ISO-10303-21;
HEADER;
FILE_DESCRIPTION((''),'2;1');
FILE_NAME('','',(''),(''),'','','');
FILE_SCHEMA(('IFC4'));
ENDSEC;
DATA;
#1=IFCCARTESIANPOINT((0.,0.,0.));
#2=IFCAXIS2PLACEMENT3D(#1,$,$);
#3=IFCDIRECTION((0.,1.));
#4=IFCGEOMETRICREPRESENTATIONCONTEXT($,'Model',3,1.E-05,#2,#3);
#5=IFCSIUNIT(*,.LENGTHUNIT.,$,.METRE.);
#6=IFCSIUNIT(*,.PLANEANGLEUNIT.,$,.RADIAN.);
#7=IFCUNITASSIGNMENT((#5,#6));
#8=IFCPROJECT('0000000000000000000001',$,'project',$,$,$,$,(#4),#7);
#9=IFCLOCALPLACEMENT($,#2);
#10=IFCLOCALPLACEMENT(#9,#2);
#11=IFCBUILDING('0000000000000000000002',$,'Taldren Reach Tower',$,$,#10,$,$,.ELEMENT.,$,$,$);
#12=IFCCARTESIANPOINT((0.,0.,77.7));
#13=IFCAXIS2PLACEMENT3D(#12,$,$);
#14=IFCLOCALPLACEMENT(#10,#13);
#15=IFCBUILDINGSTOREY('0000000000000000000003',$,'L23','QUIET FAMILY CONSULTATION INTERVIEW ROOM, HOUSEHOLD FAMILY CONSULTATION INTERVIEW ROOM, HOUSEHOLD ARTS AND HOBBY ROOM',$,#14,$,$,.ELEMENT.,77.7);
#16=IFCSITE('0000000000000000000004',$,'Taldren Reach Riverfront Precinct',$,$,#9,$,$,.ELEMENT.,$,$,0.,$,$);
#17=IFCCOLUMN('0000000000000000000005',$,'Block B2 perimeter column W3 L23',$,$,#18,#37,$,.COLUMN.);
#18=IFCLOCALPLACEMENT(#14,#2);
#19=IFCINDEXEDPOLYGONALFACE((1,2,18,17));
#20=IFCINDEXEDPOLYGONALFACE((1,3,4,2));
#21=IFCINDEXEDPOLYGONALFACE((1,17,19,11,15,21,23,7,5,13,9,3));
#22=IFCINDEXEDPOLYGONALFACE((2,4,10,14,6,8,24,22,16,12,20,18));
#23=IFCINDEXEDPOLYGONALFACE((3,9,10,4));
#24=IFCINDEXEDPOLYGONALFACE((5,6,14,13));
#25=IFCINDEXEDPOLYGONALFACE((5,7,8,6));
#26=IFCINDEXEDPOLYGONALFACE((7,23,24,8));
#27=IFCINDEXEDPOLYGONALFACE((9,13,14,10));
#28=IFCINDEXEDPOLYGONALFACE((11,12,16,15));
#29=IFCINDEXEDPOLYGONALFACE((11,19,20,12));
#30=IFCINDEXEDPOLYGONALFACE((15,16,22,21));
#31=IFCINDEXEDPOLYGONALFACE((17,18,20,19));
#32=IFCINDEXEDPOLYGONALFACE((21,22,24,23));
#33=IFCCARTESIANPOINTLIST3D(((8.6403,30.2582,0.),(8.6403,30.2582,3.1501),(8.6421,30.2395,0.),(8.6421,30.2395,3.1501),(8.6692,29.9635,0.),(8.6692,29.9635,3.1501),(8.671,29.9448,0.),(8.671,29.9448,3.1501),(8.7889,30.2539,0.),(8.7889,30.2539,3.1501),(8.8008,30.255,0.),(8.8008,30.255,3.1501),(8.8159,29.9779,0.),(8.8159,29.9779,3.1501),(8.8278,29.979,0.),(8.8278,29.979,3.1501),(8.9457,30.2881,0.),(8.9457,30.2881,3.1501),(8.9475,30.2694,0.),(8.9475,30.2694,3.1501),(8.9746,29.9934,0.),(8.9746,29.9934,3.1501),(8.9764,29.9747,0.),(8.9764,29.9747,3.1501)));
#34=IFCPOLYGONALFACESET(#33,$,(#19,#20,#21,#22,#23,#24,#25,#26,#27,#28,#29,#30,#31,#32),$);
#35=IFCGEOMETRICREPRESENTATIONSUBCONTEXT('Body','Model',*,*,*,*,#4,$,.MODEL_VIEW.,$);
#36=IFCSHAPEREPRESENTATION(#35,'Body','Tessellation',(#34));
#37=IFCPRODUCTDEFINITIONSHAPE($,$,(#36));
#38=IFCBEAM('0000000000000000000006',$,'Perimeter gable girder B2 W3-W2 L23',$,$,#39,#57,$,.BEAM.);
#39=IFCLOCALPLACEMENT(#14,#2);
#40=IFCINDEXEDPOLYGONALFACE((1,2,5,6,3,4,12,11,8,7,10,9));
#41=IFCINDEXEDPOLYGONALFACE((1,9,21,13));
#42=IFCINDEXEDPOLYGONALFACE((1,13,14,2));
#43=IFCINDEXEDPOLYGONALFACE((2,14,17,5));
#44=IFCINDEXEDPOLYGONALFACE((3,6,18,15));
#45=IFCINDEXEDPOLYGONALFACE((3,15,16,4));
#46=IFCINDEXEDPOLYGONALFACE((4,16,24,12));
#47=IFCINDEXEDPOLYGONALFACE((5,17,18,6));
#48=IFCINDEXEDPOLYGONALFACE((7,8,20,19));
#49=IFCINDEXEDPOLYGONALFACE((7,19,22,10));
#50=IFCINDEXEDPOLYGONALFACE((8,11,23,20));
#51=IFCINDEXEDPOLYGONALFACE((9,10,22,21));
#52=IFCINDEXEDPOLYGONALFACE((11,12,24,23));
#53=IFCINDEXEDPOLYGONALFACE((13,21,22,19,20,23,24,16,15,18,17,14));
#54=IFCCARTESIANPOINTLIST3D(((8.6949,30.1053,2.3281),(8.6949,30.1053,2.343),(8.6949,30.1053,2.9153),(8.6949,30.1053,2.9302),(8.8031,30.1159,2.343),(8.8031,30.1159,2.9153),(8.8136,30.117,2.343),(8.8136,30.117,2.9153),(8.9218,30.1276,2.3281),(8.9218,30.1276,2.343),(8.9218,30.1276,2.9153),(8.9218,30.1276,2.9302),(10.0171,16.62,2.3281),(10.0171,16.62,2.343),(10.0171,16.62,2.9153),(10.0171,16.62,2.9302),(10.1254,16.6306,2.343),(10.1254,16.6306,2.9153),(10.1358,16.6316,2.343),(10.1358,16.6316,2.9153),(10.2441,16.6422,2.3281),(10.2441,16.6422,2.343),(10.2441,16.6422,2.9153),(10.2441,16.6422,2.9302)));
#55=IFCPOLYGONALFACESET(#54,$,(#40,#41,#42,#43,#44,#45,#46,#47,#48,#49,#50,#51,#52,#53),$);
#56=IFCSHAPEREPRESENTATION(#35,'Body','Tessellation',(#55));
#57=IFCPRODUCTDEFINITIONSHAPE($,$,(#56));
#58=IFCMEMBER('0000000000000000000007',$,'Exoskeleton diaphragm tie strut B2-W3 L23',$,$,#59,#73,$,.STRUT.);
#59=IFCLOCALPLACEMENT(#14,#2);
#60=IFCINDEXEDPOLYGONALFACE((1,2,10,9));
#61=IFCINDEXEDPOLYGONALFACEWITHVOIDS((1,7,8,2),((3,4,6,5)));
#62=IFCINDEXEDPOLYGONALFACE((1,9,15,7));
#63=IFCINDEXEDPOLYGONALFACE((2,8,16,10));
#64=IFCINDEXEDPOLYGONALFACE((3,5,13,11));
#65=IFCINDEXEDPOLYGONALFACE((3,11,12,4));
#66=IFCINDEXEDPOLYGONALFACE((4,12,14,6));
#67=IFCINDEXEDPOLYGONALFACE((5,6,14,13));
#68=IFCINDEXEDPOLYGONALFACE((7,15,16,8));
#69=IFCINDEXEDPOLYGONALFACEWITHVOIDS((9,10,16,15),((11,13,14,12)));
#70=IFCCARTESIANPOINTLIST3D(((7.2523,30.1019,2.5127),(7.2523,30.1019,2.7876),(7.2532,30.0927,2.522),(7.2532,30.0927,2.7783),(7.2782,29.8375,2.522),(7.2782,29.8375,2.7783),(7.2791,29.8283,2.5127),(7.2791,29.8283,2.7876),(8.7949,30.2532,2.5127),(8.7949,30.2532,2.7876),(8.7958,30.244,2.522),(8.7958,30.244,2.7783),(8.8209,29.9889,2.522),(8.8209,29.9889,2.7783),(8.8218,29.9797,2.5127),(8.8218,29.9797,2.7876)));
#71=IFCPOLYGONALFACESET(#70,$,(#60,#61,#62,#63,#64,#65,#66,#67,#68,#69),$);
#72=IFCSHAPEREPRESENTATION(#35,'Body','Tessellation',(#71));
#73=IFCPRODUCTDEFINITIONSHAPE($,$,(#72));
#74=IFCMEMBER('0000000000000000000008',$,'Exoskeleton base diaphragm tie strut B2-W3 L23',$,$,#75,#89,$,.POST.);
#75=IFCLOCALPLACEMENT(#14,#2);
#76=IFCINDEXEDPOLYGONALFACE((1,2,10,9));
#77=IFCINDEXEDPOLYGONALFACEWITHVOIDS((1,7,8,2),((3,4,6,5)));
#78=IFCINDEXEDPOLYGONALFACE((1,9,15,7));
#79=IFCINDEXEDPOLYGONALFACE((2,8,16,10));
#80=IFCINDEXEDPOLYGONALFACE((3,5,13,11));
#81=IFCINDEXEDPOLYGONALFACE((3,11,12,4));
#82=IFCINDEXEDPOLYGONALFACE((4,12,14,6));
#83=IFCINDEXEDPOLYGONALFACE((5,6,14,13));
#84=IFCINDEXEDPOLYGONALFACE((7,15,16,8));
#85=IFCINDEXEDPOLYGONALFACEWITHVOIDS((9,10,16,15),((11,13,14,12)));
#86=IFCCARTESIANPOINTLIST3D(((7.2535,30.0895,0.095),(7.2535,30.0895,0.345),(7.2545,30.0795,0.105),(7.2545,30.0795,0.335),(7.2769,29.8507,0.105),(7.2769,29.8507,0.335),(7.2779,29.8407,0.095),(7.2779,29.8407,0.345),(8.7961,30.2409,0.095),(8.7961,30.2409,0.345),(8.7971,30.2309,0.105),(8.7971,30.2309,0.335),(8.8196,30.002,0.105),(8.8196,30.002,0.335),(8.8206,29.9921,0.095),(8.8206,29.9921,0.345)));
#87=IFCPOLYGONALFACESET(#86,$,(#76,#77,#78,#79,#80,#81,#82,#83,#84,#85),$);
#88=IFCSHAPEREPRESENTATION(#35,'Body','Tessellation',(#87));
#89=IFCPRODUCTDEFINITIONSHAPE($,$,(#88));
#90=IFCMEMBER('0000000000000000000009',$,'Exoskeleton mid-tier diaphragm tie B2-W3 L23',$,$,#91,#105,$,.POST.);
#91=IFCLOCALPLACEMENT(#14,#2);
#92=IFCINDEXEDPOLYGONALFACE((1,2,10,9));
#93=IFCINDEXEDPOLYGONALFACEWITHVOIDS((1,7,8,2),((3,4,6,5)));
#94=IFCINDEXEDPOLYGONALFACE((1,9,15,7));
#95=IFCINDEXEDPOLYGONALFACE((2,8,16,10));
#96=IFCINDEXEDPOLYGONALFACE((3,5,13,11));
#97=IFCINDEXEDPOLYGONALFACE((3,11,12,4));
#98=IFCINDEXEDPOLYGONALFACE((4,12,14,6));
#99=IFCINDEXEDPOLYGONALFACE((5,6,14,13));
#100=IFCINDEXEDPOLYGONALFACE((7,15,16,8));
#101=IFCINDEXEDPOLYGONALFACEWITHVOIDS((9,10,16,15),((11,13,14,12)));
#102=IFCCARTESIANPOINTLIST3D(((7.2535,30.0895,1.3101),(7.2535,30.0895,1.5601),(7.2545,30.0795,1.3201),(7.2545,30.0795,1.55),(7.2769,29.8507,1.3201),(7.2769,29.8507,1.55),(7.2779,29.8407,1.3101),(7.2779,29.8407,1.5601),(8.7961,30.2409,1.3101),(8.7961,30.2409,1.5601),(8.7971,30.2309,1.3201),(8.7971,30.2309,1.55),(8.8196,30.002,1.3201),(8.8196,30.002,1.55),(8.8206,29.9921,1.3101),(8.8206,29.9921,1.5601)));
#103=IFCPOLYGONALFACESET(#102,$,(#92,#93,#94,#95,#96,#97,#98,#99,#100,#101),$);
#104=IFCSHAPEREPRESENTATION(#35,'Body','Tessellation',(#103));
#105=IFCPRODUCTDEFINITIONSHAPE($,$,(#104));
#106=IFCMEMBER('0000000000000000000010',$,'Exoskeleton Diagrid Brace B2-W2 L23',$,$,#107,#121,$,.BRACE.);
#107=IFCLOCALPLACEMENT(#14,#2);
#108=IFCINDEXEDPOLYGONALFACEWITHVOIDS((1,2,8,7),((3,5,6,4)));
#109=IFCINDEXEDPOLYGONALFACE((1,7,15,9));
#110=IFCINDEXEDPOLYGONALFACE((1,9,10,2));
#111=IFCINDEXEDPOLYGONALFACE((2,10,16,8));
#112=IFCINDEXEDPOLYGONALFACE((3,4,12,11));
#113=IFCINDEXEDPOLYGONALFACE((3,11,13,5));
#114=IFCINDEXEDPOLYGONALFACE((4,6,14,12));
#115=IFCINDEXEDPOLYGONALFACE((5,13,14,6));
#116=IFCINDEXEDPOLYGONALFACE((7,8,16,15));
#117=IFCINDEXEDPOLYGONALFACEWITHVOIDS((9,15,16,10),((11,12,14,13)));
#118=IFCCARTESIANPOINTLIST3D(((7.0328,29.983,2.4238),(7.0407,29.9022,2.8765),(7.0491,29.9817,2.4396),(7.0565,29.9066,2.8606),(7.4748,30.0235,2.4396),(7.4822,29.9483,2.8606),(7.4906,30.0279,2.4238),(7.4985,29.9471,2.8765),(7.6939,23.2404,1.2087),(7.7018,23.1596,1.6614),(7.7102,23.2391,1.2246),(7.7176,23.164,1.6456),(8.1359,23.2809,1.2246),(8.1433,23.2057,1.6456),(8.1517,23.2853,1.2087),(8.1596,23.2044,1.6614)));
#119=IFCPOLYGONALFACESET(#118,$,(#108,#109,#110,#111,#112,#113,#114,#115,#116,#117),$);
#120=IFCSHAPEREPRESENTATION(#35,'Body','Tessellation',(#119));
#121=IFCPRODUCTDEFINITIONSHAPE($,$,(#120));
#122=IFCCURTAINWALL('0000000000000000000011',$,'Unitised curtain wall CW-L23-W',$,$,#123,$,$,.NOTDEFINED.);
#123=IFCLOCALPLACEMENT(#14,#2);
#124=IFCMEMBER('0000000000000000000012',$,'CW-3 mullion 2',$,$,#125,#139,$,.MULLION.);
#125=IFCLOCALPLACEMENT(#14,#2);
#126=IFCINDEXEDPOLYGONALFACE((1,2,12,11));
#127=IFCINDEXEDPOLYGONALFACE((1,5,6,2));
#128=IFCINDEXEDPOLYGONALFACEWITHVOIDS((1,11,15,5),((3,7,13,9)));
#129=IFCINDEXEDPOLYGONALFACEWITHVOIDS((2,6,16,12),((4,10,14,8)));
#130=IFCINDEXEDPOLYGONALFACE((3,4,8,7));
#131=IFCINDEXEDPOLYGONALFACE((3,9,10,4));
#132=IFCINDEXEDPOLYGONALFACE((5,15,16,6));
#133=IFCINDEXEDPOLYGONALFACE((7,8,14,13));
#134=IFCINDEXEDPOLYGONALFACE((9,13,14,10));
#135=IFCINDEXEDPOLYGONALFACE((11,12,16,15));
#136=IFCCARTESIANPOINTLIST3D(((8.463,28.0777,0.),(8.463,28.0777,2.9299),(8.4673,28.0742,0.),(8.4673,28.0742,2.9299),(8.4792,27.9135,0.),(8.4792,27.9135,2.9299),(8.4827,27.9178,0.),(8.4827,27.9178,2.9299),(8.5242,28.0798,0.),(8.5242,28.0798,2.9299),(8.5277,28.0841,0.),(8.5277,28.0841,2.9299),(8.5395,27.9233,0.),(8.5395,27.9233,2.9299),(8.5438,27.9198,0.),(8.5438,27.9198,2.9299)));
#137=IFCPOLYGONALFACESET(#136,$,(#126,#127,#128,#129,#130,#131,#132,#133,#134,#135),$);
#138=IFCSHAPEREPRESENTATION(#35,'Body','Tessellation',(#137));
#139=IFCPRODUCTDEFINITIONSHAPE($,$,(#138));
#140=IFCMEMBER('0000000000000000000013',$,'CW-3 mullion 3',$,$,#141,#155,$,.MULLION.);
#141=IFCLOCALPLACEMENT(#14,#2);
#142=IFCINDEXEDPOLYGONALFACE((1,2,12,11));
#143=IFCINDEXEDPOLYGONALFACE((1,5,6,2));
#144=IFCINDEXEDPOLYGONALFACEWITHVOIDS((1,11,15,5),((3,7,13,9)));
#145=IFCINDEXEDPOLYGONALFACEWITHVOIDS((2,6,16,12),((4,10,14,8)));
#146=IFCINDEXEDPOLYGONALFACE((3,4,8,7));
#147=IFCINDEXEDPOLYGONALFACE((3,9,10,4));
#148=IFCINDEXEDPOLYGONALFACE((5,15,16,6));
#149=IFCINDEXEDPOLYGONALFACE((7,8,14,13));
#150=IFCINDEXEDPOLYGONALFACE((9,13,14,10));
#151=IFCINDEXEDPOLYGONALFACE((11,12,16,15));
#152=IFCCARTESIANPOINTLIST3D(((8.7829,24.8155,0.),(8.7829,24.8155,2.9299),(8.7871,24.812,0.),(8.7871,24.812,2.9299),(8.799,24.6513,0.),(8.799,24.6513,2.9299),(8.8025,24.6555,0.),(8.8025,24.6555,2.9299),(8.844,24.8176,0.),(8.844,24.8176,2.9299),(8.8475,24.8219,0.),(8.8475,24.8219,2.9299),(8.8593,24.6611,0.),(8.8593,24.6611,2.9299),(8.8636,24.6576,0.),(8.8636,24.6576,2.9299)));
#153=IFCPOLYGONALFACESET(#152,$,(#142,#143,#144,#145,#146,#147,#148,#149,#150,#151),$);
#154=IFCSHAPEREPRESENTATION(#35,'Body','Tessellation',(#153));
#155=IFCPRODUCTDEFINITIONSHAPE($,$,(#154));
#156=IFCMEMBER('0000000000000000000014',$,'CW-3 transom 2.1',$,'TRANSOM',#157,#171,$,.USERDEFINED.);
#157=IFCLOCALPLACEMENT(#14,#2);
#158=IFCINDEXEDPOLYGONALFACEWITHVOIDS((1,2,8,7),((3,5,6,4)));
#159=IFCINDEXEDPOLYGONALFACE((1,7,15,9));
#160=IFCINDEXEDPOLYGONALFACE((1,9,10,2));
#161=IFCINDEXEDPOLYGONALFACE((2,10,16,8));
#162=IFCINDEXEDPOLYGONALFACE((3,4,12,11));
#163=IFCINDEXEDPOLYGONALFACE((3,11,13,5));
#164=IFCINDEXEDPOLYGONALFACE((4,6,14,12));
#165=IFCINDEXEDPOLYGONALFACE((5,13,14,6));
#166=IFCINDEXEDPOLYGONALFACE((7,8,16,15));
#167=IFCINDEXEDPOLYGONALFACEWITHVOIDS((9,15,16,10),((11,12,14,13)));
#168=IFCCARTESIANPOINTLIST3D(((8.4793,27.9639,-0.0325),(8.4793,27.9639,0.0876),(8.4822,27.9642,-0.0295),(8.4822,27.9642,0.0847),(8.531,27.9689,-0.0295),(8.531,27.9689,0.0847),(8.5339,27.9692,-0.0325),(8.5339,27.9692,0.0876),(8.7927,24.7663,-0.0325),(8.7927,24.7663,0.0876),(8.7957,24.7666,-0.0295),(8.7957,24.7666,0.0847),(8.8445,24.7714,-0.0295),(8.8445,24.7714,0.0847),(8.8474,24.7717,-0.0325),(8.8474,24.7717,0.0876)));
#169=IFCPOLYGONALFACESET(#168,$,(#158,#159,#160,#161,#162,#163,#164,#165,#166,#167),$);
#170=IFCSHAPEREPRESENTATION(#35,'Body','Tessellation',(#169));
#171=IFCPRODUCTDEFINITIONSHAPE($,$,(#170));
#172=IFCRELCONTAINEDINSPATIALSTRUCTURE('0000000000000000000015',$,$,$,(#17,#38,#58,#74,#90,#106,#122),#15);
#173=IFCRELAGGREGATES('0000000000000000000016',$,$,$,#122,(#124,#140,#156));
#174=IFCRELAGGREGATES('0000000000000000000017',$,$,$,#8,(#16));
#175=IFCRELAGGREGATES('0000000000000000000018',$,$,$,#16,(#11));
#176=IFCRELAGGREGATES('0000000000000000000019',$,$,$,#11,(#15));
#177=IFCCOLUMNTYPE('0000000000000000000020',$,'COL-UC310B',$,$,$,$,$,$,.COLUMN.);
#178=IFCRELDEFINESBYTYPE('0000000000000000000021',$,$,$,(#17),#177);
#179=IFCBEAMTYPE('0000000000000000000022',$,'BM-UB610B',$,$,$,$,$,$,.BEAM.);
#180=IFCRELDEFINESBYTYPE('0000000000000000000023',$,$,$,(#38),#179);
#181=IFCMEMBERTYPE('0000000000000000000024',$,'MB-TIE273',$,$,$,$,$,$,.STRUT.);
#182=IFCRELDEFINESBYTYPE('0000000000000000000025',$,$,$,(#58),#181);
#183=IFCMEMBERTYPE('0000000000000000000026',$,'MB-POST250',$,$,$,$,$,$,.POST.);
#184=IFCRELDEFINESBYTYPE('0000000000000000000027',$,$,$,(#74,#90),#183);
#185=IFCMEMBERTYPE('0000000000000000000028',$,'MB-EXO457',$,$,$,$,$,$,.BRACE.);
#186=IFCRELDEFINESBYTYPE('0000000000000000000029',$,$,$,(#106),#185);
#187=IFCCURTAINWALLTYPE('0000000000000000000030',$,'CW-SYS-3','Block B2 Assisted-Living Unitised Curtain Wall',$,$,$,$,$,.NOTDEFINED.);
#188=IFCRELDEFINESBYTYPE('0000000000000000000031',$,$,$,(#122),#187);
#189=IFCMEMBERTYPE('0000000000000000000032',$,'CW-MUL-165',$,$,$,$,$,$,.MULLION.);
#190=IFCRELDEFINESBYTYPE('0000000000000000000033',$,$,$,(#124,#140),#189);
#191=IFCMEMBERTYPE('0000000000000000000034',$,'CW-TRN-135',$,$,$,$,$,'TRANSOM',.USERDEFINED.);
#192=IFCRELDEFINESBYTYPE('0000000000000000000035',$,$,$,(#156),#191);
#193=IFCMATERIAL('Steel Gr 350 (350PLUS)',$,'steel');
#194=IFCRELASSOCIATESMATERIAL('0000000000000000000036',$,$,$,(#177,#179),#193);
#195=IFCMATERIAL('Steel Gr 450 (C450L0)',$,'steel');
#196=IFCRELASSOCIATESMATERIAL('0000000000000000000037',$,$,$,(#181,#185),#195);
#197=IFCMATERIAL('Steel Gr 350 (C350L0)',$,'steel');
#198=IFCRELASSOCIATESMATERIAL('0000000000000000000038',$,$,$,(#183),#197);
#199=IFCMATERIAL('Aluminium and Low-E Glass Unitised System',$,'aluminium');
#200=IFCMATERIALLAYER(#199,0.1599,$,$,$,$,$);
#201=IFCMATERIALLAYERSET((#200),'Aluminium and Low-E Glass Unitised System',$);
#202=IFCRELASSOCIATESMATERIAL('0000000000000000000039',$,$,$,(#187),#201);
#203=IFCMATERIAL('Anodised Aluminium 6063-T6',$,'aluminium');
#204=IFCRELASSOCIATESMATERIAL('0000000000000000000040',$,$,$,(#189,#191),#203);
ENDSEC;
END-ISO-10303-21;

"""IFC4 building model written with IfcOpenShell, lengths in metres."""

from ifc_helpers import new_model, si_unit, direction, frame, origin, origin_2d, place, context, subcontext, project, spatial, hollow_rectangle, i_section, extrude, source, transform, mapped, material, layer, layer_set, material_profile, profile_set, type_object, element, aggregate, save


model = new_model("IFC4")

# Units and contexts
model_context = context("Model", 3, precision=1e-05, world=origin(), true_north=direction((0.0, 1.0)))
body_context = subcontext(model_context, "Body", "Model", "MODEL_VIEW")
ifc_project = project(units=[si_unit("LENGTHUNIT", "METRE"), si_unit("PLANEANGLEUNIT", "RADIAN")], contexts=[model_context])

# Site, building, storey
site_placement = place(None, origin())
site = spatial("IfcSite", under=ifc_project, at=site_placement, Name="Taldren Reach Riverfront Precinct", CompositionType="ELEMENT", RefElevation=0.0)
building_placement = place(site_placement, origin())
building = spatial("IfcBuilding", under=site, at=building_placement, Name="Taldren Reach Tower", CompositionType="ELEMENT")
storey_placement = place(building_placement, frame((0.0, 0.0, 77.7)))
storey = spatial("IfcBuildingStorey", under=building, at=storey_placement, Name="L23", Description="QUIET FAMILY CONSULTATION INTERVIEW ROOM, HOUSEHOLD FAMILY CONSULTATION INTERVIEW ROOM, HOUSEHOLD ARTS AND HOBBY ROOM", CompositionType="ELEMENT", Elevation=77.7)

# Column
ifc_material_1 = material(Name="Steel Gr 350 (350PLUS)", Category="steel")
ifc_material_profile_1 = material_profile(ifc_material_1, i_section(OverallWidth=0.3069, OverallDepth=0.3149, WebThickness=0.012, FlangeThickness=0.0188, at=origin_2d()), Name="310UC118")
ifc_profile_set_1 = profile_set([ifc_material_profile_1], Name="Steel Gr 350 (350PLUS)")
column_type = type_object("IfcColumnType", Name="COL-UC310B", PredefinedType="COLUMN", material=ifc_profile_set_1)
shared_shape_1 = source(origin(), body_context, "Body", "SweptSolid", [
    extrude(i_section(OverallWidth=0.3069, OverallDepth=0.3149, WebThickness=0.012, FlangeThickness=0.0188, at=origin_2d()), origin(), (0.0, 0.0, 1.0), 3.1501),
])
column_placement = place(storey_placement, frame((8.8083, 30.1165, 0.0), z_axis=(0.0, 0.0, 1.0), x_axis=(0.995227, 0.097583, 0.0)))
element("IfcColumn", 1, at=column_placement, inside=storey, type_object=column_type, Name="Block B2 perimeter column W3 L23", PredefinedType="COLUMN", context=body_context, shape_type="MappedRepresentation", body=[
    mapped(shared_shape_1, transform((0.0, 0.0, 0.0), scale=1.0)),
])

# Beam
ifc_material_profile_2 = material_profile(ifc_material_1, i_section(OverallWidth=0.228, OverallDepth=0.6021, WebThickness=0.0105, FlangeThickness=0.0149, at=origin_2d()), Name="610UB101")
ifc_profile_set_2 = profile_set([ifc_material_profile_2], Name="Steel Gr 350 (350PLUS)")
beam_type = type_object("IfcBeamType", Name="BM-UB610B", PredefinedType="BEAM", material=ifc_profile_set_2)
shared_shape_2 = source(origin(), body_context, "Body", "SweptSolid", [
    extrude(i_section(OverallWidth=0.228, OverallDepth=0.6021, WebThickness=0.0105, FlangeThickness=0.0149, at=origin_2d()), origin(), (0.0, 0.0, 1.0), 13.55),
])
beam_placement = place(storey_placement, frame((8.8083, 30.1165, 2.6292), z_axis=(0.097584, -0.995227, 0.0), x_axis=(0.995227, 0.097584, 0.0)))
element("IfcBeam", 2, at=beam_placement, inside=storey, type_object=beam_type, Name="Perimeter gable girder B2 W3-W2 L23", PredefinedType="BEAM", context=body_context, shape_type="MappedRepresentation", body=[
    mapped(shared_shape_2, transform((0.0, 0.0, 0.0), scale=1.0)),
])

# Members
ifc_material_2 = material(Name="Steel Gr 450 (C450L0)", Category="steel")
ifc_material_profile_3 = material_profile(ifc_material_2, hollow_rectangle(XDim=0.2749, YDim=0.2749, WallThickness=0.0093, at=origin_2d()), Name="275x275x9.3SHS")
ifc_profile_set_3 = profile_set([ifc_material_profile_3], Name="Steel Gr 450 (C450L0)")
member_type_1 = type_object("IfcMemberType", Name="MB-TIE273", PredefinedType="STRUT", material=ifc_profile_set_3)
shared_shape_3 = source(origin(), body_context, "Body", "SweptSolid", [
    extrude(hollow_rectangle(XDim=0.2749, YDim=0.2749, WallThickness=0.0093, at=origin_2d()), origin(), (0.0, 0.0, 1.0), 1.55),
])
member_1_placement = place(storey_placement, frame((8.8083, 30.1165, 2.6501), z_axis=(-0.995221, -0.097648, 0.0), x_axis=(0.097648, -0.995221, 0.0)))
element("IfcMember", 3, at=member_1_placement, inside=storey, type_object=member_type_1, Name="Exoskeleton diaphragm tie strut B2-W3 L23", PredefinedType="STRUT", context=body_context, shape_type="MappedRepresentation", body=[
    mapped(shared_shape_3, transform((0.0, 0.0, 0.0), scale=1.0)),
])
ifc_material_3 = material(Name="Steel Gr 350 (C350L0)", Category="steel")
ifc_material_profile_4 = material_profile(ifc_material_3, hollow_rectangle(XDim=0.25, YDim=0.25, WallThickness=0.01, at=origin_2d()), Name="250x250x10.0SHS")
ifc_profile_set_4 = profile_set([ifc_material_profile_4], Name="Steel Gr 350 (C350L0)")
member_type_2 = type_object("IfcMemberType", Name="MB-POST250", PredefinedType="POST", material=ifc_profile_set_4)
shared_shape_4 = source(origin(), body_context, "Body", "SweptSolid", [
    extrude(hollow_rectangle(XDim=0.25, YDim=0.25, WallThickness=0.01, at=origin_2d()), origin(), (0.0, 0.0, 1.0), 1.55),
])
for number, where, z_axis, x_axis, name in (
    (4, (8.8083, 30.1165, 0.22), (-0.995221, -0.097648, 0.0), (0.097648, -0.995221, 0.0), "Exoskeleton base diaphragm tie strut B2-W3 L23"),
    (5, (8.8083, 30.1165, 1.4351), (-0.995221, -0.097648, 0.0), (0.097648, -0.995221, 0.0), "Exoskeleton mid-tier diaphragm tie B2-W3 L23"),
):
    element("IfcMember", number, at=place(storey_placement, frame(where, z_axis=z_axis, x_axis=x_axis)), inside=storey, type_object=member_type_2, Name=name, PredefinedType="POST", context=body_context, shape_type="MappedRepresentation", body=[
        mapped(shared_shape_4, transform((0.0, 0.0, 0.0), scale=1.0)),
    ])
ifc_material_profile_5 = material_profile(ifc_material_2, hollow_rectangle(XDim=0.46, YDim=0.46, WallThickness=0.0161, at=origin_2d()), Name="460x460x16.0SHS")
ifc_profile_set_5 = profile_set([ifc_material_profile_5], Name="Steel Gr 450 (C450L0)")
member_type_3 = type_object("IfcMemberType", Name="MB-EXO457", PredefinedType="BRACE", material=ifc_profile_set_5)
shared_shape_5 = source(origin(), body_context, "Body", "SweptSolid", [
    extrude(hollow_rectangle(XDim=0.46, YDim=0.46, WallThickness=0.0161, at=origin_2d()), origin(), (0.0, 0.0, 1.0), 6.8831),
])
member_2_placement = place(storey_placement, frame((7.9268, 23.2224, 1.4351), z_axis=(-0.096051, 0.979597, 0.176532), x_axis=(-0.995227, -0.097584, 0.0)))
element("IfcMember", 6, at=member_2_placement, inside=storey, type_object=member_type_3, Name="Exoskeleton Diagrid Brace B2-W2 L23", PredefinedType="BRACE", context=body_context, shape_type="MappedRepresentation", body=[
    mapped(shared_shape_5, transform((0.0, 0.0, 0.0), scale=1.0)),
])

# Curtain wall, members
ifc_material_4 = material(Name="Aluminium and Low-E Glass Unitised System", Category="aluminium")
ifc_layer_1 = layer(ifc_material_4, 0.1599)
ifc_layer_set_1 = layer_set([ifc_layer_1], Name="Aluminium and Low-E Glass Unitised System")
curtain_wall_type = type_object("IfcCurtainWallType", Name="CW-SYS-3", Description="Block B2 Assisted-Living Unitised Curtain Wall", PredefinedType="NOTDEFINED", material=ifc_layer_set_1)
curtain_wall_placement = place(storey_placement, origin())
curtain_wall = element("IfcCurtainWall", 7, at=curtain_wall_placement, inside=storey, type_object=curtain_wall_type, Name="Unitised curtain wall CW-L23-W", PredefinedType="NOTDEFINED")
ifc_material_5 = material(Name="Anodised Aluminium 6063-T6", Category="aluminium")
ifc_material_profile_6 = material_profile(ifc_material_5, hollow_rectangle(XDim=0.0649, YDim=0.165, WallThickness=0.0039, at=origin_2d()), Name="ALU-165x65x4RHS")
ifc_profile_set_6 = profile_set([ifc_material_profile_6], Name="Anodised Aluminium 6063-T6")
member_type_4 = type_object("IfcMemberType", Name="CW-MUL-165", PredefinedType="MULLION", material=ifc_profile_set_6)
shared_shape_6 = source(origin(), body_context, "Body", "SweptSolid", [
    extrude(hollow_rectangle(XDim=0.0649, YDim=0.165, WallThickness=0.0039, at=origin_2d()), origin(), (0.0, 0.0, 1.0), 2.9299),
])
member_3_placement = place(storey_placement, frame((8.5034, 27.9988, 0.0), z_axis=(0.0, 0.0, 1.0), x_axis=(0.995227, 0.097583, 0.0)))
member_3 = element("IfcMember", 8, at=member_3_placement, type_object=member_type_4, Name="CW-3 mullion 2", PredefinedType="MULLION", context=body_context, shape_type="MappedRepresentation", body=[
    mapped(shared_shape_6, transform((0.0, 0.0, 0.0), scale=1.0)),
])
member_4_placement = place(storey_placement, frame((8.8232, 24.7366, 0.0), z_axis=(0.0, 0.0, 1.0), x_axis=(0.995227, 0.097583, 0.0)))
member_4 = element("IfcMember", 9, at=member_4_placement, type_object=member_type_4, Name="CW-3 mullion 3", PredefinedType="MULLION", context=body_context, shape_type="MappedRepresentation", body=[
    mapped(shared_shape_6, transform((0.0, 0.0, 0.0), scale=1.0)),
])
ifc_material_profile_7 = material_profile(ifc_material_5, hollow_rectangle(XDim=0.0549, YDim=0.1201, WallThickness=0.0029, at=origin_2d()), Name="ALU-120x55x3RHS")
ifc_profile_set_7 = profile_set([ifc_material_profile_7], Name="Anodised Aluminium 6063-T6")
member_type_5 = type_object("IfcMemberType", Name="CW-TRN-135", ElementType="TRANSOM", PredefinedType="USERDEFINED", material=ifc_profile_set_7)
shared_shape_7 = source(origin(), body_context, "Body", "SweptSolid", [
    extrude(hollow_rectangle(XDim=0.0549, YDim=0.1201, WallThickness=0.0029, at=origin_2d()), origin(), (0.0, 0.0, 1.0), 3.2129),
])
member_5_placement = place(storey_placement, frame((8.5066, 27.9666, 0.0276), z_axis=(0.09757, -0.995229, 0.0), x_axis=(0.995229, 0.09757, 0.0)))
member_5 = element("IfcMember", 10, at=member_5_placement, type_object=member_type_5, Name="CW-3 transom 2.1", ObjectType="TRANSOM", PredefinedType="USERDEFINED", context=body_context, shape_type="MappedRepresentation", body=[
    mapped(shared_shape_7, transform((0.0, 0.0, 0.0), scale=1.0)),
])

aggregate(curtain_wall, [member_3, member_4, member_5])

save(model, "model.ifc")
